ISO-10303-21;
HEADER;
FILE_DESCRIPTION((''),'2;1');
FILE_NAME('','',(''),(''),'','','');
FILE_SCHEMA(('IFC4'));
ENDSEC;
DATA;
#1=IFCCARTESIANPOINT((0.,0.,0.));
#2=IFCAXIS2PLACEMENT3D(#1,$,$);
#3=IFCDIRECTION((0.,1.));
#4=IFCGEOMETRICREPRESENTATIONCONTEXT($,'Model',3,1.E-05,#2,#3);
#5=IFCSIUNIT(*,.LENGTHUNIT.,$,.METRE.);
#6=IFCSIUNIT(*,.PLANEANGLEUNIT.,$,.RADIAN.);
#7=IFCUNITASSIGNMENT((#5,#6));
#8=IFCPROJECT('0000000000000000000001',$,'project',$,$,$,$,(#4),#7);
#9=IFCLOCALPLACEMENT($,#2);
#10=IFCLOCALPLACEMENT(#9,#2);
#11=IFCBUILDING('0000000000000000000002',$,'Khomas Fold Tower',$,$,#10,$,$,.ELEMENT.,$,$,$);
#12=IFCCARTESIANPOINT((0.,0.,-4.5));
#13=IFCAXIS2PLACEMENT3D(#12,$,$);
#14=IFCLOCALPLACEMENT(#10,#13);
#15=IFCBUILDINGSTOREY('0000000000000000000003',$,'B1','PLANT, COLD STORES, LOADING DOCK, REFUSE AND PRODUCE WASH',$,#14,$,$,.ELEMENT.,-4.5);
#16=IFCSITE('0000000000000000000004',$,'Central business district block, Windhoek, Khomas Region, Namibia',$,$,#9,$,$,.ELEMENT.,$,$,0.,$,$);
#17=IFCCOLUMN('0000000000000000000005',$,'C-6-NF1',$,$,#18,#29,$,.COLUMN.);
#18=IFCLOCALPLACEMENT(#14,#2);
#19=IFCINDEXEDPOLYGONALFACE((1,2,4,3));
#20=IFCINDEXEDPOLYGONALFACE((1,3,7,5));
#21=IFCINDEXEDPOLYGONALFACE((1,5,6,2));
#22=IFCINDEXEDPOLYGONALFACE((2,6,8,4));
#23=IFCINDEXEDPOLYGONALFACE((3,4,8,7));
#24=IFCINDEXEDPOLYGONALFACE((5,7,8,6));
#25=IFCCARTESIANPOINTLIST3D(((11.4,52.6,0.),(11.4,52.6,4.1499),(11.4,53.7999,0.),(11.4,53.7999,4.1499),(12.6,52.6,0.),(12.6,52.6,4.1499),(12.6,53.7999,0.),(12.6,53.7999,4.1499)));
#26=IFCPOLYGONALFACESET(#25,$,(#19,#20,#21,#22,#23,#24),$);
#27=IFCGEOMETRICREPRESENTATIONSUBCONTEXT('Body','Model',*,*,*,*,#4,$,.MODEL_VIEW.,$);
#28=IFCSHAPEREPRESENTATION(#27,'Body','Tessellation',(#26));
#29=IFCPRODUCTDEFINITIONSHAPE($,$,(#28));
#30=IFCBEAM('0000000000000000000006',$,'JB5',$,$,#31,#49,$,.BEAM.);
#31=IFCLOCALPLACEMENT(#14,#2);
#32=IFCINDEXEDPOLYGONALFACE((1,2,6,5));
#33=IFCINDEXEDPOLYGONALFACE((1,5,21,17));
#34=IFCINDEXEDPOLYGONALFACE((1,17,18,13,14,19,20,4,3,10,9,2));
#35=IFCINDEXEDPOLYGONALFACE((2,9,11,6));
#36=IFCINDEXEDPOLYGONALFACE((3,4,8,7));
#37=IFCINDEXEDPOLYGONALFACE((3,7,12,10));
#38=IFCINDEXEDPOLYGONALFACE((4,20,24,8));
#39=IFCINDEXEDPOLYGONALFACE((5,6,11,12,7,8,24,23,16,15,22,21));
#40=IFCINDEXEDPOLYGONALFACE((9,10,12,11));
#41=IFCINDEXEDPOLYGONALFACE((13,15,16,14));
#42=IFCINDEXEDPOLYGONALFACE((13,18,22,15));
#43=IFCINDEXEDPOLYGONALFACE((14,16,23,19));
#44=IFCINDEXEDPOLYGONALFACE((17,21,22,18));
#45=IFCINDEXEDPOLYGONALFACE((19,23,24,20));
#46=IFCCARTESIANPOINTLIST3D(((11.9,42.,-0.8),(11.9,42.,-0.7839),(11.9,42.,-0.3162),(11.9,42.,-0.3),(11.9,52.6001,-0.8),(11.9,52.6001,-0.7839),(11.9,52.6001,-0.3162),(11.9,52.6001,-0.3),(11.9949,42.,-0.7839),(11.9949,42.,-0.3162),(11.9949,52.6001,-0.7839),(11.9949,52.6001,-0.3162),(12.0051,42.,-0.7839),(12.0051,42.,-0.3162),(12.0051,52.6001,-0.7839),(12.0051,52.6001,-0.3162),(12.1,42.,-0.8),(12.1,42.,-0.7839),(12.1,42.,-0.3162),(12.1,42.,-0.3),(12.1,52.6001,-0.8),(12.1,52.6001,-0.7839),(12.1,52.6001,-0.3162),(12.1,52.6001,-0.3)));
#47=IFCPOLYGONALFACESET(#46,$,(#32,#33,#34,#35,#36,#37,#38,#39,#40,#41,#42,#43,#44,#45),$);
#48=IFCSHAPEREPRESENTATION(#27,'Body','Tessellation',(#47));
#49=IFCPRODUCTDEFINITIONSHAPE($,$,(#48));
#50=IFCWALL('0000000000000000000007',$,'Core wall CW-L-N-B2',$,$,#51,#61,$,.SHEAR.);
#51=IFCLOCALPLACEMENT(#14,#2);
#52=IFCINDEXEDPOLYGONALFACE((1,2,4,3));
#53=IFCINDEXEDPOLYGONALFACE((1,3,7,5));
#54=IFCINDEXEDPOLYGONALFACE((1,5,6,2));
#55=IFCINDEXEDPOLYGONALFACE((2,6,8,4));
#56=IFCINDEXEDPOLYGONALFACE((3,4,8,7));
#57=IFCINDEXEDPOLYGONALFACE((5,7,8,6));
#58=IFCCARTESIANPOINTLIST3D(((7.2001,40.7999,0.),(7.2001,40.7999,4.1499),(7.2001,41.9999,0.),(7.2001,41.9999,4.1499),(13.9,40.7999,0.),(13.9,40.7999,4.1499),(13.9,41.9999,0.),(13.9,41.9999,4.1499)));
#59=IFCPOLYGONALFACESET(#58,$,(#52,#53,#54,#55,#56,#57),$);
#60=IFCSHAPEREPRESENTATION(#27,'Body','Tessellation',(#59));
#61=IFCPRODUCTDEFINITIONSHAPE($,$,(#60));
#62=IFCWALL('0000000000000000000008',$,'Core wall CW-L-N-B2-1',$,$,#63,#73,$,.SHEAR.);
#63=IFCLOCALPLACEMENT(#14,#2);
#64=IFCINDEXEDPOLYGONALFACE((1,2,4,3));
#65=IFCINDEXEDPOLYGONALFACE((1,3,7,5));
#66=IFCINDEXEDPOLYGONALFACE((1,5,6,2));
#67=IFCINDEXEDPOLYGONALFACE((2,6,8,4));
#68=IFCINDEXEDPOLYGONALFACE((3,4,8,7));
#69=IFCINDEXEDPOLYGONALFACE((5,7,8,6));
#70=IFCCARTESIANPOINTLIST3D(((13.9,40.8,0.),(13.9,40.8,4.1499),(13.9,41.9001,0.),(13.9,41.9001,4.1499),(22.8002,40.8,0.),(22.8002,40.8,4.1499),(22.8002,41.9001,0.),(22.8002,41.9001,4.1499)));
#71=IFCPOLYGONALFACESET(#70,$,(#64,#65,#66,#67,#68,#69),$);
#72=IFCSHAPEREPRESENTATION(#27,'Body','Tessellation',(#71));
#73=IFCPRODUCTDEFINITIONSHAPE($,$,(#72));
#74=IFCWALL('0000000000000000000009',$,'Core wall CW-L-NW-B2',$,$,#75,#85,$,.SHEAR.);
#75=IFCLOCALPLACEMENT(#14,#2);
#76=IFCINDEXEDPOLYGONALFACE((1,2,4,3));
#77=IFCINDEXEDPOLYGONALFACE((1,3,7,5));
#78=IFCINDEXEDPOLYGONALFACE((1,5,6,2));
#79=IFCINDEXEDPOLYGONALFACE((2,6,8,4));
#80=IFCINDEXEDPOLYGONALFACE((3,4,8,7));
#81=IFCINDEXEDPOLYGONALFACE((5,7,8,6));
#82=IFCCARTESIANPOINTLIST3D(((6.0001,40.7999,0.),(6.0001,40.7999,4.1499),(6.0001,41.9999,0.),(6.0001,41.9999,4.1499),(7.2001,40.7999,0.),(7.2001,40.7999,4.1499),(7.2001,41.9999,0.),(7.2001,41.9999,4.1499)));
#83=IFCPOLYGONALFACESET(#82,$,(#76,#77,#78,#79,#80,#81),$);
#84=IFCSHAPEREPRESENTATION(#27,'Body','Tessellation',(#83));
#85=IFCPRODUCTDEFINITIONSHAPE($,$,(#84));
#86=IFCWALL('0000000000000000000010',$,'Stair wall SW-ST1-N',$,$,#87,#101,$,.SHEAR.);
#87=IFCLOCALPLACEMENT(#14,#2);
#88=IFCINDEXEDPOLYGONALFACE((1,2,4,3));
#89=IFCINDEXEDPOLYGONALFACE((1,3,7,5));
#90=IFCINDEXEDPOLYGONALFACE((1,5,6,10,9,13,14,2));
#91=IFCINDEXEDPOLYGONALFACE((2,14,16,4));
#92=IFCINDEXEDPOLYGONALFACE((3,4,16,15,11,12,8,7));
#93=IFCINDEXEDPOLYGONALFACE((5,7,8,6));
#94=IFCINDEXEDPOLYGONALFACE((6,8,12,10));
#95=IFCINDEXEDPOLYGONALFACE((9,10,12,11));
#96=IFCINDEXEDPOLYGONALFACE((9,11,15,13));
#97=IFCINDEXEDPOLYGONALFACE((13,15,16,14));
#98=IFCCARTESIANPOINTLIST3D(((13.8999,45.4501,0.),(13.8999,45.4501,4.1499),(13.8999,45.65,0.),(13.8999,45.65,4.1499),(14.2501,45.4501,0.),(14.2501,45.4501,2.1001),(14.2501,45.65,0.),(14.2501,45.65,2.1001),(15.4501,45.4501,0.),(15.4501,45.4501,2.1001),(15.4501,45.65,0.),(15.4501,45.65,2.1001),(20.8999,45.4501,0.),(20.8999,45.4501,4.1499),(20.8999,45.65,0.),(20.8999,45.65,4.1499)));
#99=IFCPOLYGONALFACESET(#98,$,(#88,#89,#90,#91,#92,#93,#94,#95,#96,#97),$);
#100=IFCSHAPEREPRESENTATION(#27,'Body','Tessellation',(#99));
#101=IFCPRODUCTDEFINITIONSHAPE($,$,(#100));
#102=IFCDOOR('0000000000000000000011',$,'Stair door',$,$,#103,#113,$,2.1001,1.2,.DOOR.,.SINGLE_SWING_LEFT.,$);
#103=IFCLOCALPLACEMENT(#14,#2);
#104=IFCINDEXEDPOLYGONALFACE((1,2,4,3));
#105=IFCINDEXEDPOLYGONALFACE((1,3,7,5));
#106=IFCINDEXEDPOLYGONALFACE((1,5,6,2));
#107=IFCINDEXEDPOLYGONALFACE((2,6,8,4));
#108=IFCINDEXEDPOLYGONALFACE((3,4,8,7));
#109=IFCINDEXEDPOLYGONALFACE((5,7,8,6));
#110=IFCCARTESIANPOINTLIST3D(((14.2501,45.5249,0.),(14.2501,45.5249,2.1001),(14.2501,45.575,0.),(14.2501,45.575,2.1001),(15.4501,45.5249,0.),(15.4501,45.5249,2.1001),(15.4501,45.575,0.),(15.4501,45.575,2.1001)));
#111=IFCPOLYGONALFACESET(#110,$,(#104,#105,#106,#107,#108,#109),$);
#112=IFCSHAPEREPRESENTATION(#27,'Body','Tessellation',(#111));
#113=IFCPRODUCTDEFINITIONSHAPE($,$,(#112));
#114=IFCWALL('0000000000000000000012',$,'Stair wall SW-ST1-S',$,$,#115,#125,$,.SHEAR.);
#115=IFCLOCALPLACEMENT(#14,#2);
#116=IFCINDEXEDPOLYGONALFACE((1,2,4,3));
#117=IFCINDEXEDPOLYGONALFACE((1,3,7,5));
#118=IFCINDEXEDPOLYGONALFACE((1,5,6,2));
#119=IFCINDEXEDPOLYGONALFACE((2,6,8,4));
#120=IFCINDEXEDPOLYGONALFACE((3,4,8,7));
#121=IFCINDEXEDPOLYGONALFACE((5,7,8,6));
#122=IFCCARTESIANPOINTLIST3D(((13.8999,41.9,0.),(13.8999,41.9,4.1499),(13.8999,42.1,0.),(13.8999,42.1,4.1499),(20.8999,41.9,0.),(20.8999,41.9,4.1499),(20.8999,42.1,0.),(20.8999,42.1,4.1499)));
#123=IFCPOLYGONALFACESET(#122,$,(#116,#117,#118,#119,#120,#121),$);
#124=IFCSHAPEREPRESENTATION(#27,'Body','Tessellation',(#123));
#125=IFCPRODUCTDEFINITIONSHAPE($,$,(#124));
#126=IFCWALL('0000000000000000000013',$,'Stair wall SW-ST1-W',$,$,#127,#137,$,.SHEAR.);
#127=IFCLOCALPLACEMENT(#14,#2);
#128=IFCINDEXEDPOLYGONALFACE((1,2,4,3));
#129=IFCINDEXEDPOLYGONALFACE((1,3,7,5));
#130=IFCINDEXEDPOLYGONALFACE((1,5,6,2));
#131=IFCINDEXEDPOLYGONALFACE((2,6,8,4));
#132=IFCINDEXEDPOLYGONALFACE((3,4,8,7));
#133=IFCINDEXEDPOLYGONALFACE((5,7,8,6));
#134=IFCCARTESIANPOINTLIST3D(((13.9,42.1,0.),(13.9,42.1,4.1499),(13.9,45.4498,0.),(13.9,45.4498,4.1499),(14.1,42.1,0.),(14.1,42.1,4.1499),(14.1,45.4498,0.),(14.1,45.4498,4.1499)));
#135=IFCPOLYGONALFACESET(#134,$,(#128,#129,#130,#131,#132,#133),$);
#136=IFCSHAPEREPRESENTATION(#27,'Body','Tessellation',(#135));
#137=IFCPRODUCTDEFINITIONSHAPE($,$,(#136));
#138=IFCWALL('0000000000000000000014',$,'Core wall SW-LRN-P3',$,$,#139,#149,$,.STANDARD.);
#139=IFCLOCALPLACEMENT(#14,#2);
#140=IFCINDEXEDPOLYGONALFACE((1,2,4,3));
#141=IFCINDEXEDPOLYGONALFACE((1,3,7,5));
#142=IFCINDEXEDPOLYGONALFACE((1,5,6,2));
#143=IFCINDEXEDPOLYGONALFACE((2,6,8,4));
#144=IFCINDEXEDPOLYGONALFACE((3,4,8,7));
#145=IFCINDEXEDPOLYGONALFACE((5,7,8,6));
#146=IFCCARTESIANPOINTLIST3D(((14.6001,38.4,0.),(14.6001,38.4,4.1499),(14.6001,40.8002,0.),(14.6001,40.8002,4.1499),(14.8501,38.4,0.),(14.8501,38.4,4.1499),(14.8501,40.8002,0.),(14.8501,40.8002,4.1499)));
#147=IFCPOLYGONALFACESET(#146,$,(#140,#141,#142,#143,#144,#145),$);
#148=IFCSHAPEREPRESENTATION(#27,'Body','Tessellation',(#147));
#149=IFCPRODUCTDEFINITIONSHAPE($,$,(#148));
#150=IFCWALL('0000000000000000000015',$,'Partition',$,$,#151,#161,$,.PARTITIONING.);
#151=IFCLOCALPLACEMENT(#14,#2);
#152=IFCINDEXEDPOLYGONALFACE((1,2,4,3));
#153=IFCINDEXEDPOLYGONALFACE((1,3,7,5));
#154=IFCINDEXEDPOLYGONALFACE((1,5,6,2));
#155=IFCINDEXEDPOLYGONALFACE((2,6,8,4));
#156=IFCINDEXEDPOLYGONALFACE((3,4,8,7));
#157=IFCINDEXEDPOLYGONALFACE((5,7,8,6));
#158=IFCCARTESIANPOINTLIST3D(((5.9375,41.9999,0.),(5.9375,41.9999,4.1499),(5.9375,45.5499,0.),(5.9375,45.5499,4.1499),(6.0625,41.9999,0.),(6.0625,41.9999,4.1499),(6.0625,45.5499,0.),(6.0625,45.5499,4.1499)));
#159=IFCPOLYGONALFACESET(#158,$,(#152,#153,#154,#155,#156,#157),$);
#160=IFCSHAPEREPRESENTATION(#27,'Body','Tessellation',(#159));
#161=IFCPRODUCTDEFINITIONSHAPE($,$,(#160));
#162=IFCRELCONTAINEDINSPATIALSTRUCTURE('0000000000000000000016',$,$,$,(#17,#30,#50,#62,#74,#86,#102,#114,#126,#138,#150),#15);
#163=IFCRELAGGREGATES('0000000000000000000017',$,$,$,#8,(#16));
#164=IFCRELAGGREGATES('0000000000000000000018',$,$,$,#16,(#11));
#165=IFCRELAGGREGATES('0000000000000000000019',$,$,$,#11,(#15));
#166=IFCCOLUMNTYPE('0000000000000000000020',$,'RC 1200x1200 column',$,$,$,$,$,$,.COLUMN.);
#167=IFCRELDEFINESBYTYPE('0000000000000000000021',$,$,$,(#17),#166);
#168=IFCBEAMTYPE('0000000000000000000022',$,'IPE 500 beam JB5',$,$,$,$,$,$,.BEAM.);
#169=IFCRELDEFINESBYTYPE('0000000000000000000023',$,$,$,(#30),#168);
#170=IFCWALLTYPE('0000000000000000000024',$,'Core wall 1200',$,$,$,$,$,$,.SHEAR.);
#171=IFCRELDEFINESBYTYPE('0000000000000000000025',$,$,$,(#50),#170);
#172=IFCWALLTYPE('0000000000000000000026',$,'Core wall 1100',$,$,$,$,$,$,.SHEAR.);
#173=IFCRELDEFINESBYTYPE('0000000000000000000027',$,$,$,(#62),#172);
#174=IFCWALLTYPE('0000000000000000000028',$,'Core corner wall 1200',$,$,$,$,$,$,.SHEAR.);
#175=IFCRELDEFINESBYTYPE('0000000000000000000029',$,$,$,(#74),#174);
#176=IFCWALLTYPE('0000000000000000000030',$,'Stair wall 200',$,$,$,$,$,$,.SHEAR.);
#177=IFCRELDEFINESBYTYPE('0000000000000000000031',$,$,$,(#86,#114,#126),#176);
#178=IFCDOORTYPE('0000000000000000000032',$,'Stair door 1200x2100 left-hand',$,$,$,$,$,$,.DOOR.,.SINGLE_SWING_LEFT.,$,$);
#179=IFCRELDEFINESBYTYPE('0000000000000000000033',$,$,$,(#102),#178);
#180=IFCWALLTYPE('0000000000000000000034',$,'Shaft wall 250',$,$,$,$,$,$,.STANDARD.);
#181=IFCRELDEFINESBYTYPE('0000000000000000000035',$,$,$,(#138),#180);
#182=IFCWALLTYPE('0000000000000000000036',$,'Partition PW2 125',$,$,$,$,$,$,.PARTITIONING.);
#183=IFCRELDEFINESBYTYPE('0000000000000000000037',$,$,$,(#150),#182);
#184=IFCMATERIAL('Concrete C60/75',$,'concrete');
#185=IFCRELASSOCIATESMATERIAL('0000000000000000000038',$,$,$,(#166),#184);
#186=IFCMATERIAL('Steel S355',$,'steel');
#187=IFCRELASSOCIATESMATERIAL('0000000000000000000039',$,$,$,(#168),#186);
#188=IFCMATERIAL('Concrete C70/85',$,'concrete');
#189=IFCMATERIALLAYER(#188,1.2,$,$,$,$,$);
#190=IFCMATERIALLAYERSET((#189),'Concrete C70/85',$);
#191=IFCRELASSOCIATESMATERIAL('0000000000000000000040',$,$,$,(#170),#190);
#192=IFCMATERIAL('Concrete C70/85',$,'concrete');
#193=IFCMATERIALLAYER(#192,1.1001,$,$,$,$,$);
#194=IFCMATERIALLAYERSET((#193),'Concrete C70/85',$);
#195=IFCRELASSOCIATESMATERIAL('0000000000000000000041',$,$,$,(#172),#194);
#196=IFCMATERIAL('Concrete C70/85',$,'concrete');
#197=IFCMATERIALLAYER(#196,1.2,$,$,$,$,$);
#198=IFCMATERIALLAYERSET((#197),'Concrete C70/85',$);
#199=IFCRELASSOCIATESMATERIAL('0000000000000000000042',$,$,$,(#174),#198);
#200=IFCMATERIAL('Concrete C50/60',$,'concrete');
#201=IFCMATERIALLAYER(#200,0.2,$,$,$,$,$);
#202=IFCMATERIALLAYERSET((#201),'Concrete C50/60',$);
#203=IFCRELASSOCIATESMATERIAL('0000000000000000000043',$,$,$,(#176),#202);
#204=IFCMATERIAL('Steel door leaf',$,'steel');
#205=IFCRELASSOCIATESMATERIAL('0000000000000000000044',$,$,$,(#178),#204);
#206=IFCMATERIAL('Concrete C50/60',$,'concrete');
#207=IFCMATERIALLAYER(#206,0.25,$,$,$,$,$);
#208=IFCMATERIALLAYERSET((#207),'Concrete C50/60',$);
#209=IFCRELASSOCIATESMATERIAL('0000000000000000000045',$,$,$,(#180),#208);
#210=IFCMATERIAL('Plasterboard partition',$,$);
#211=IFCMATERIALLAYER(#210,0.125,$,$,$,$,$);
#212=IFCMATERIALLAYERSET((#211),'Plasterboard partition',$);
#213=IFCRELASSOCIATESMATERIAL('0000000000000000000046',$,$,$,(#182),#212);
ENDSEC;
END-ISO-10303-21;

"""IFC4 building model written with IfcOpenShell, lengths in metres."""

from ifc_helpers import new_model, si_unit, direction, frame, frame_2d, origin, origin_2d, place, context, subcontext, project, spatial, rectangle, i_section, extrude, source, transform, mapped, material, layer, layer_set, material_profile, profile_set, type_object, element, fill, save


model = new_model("IFC4")

# Units and contexts
model_context = context("Model", 3, precision=1e-05, world=origin(), true_north=direction((0.0, 1.0)))
body_context = subcontext(model_context, "Body", "Model", "MODEL_VIEW")
ifc_project = project(units=[si_unit("LENGTHUNIT", "METRE"), si_unit("PLANEANGLEUNIT", "RADIAN")], contexts=[model_context])

# Site, building, storey
site_placement = place(None, origin())
site = spatial("IfcSite", under=ifc_project, at=site_placement, Name="Central business district block, Windhoek, Khomas Region, Namibia", CompositionType="ELEMENT", RefElevation=0.0)
building_placement = place(site_placement, origin())
building = spatial("IfcBuilding", under=site, at=building_placement, Name="Khomas Fold Tower", CompositionType="ELEMENT")
storey_placement = place(building_placement, frame((0.0, 0.0, -4.5)))
storey = spatial("IfcBuildingStorey", under=building, at=storey_placement, Name="B1", Description="PLANT, COLD STORES, LOADING DOCK, REFUSE AND PRODUCE WASH", CompositionType="ELEMENT", Elevation=-4.5)

# Column
ifc_material_1 = material(Name="Concrete C60/75", Category="concrete")
ifc_material_profile_1 = material_profile(ifc_material_1, rectangle(XDim=1.2, YDim=1.2, at=origin_2d()), Name="RC 1200x1200")
ifc_profile_set_1 = profile_set([ifc_material_profile_1], Name="Concrete C60/75")
column_type = type_object("IfcColumnType", Name="RC 1200x1200 column", PredefinedType="COLUMN", material=ifc_profile_set_1)
shared_shape_1 = source(origin(), body_context, "Body", "SweptSolid", [
    extrude(rectangle(XDim=1.2, YDim=1.2, at=origin_2d()), origin(), (0.0, 0.0, 1.0), 4.1499),
])
column_placement = place(storey_placement, frame((12.0, 53.2, 0.0), z_axis=(0.0, 0.0, 1.0), x_axis=(1.0, 0.0, 0.0)))
element("IfcColumn", 1, at=column_placement, inside=storey, type_object=column_type, Name="C-6-NF1", PredefinedType="COLUMN", context=body_context, shape_type="MappedRepresentation", body=[
    mapped(shared_shape_1, transform((0.0, 0.0, 0.0))),
])

# Beam
ifc_material_2 = material(Name="Steel S355", Category="steel")
ifc_material_profile_2 = material_profile(ifc_material_2, i_section(OverallWidth=0.2, OverallDepth=0.5, WebThickness=0.0103, FlangeThickness=0.0161, at=origin_2d()), Name="IPE 500")
ifc_profile_set_2 = profile_set([ifc_material_profile_2], Name="Steel S355")
beam_type = type_object("IfcBeamType", Name="IPE 500 beam JB5", PredefinedType="BEAM", material=ifc_profile_set_2)
shared_shape_2 = source(origin(), body_context, "Body", "SweptSolid", [
    extrude(i_section(OverallWidth=0.2, OverallDepth=0.5, WebThickness=0.0103, FlangeThickness=0.0161, at=origin_2d()), origin(), (0.0, 0.0, 1.0), 10.6001),
])
beam_placement = place(storey_placement, frame((12.0, 42.0, -0.55), z_axis=(0.0, 1.0, 0.0), x_axis=(-1.0, 0.0, 0.0)))
element("IfcBeam", 2, at=beam_placement, inside=storey, type_object=beam_type, Name="JB5", PredefinedType="BEAM", context=body_context, shape_type="MappedRepresentation", body=[
    mapped(shared_shape_2, transform((0.0, 0.0, 0.0))),
])

# Walls
ifc_material_3 = material(Name="Concrete C70/85", Category="concrete")
ifc_layer_1 = layer(ifc_material_3, 1.2)
ifc_layer_set_1 = layer_set([ifc_layer_1], Name="Concrete C70/85")
wall_type_1 = type_object("IfcWallType", Name="Core wall 1200", PredefinedType="SHEAR", material=ifc_layer_set_1)
shared_shape_3 = source(origin(), body_context, "Body", "SweptSolid", [
    extrude(rectangle(XDim=6.7, YDim=1.2, at=frame_2d((3.3501, 0.0))), origin(), (0.0, 0.0, 1.0), 4.1499),
])
wall_1_placement = place(storey_placement, frame((7.2, 41.3999, 0.0), z_axis=(0.0, 0.0, 1.0), x_axis=(1.0, 0.0, 0.0)))
element("IfcWall", 3, at=wall_1_placement, inside=storey, type_object=wall_type_1, Name="Core wall CW-L-N-B2", PredefinedType="SHEAR", context=body_context, shape_type="MappedRepresentation", body=[
    mapped(shared_shape_3, transform((0.0, 0.0, 0.0))),
])
ifc_material_4 = material(Name="Concrete C70/85", Category="concrete")
ifc_layer_2 = layer(ifc_material_4, 1.1001)
ifc_layer_set_2 = layer_set([ifc_layer_2], Name="Concrete C70/85")
wall_type_2 = type_object("IfcWallType", Name="Core wall 1100", PredefinedType="SHEAR", material=ifc_layer_set_2)
shared_shape_4 = source(origin(), body_context, "Body", "SweptSolid", [
    extrude(rectangle(XDim=8.9001, YDim=1.1001, at=frame_2d((4.4502, 0.0))), origin(), (0.0, 0.0, 1.0), 4.1499),
])
wall_2_placement = place(storey_placement, frame((13.8999, 41.3501, 0.0), z_axis=(0.0, 0.0, 1.0), x_axis=(1.0, 0.0, 0.0)))
element("IfcWall", 4, at=wall_2_placement, inside=storey, type_object=wall_type_2, Name="Core wall CW-L-N-B2-1", PredefinedType="SHEAR", context=body_context, shape_type="MappedRepresentation", body=[
    mapped(shared_shape_4, transform((0.0, 0.0, 0.0))),
])
ifc_material_5 = material(Name="Concrete C70/85", Category="concrete")
ifc_layer_3 = layer(ifc_material_5, 1.2)
ifc_layer_set_3 = layer_set([ifc_layer_3], Name="Concrete C70/85")
wall_type_3 = type_object("IfcWallType", Name="Core corner wall 1200", PredefinedType="SHEAR", material=ifc_layer_set_3)
shared_shape_5 = source(origin(), body_context, "Body", "SweptSolid", [
    extrude(rectangle(XDim=1.2, YDim=1.2, at=frame_2d((0.6001, 0.0))), origin(), (0.0, 0.0, 1.0), 4.1499),
])
wall_3_placement = place(storey_placement, frame((6.0, 41.3999, 0.0), z_axis=(0.0, 0.0, 1.0), x_axis=(1.0, 0.0, 0.0)))
element("IfcWall", 5, at=wall_3_placement, inside=storey, type_object=wall_type_3, Name="Core wall CW-L-NW-B2", PredefinedType="SHEAR", context=body_context, shape_type="MappedRepresentation", body=[
    mapped(shared_shape_5, transform((0.0, 0.0, 0.0))),
])

# Wall, opening, door
ifc_material_6 = material(Name="Concrete C50/60", Category="concrete")
ifc_layer_4 = layer(ifc_material_6, 0.2)
ifc_layer_set_4 = layer_set([ifc_layer_4], Name="Concrete C50/60")
wall_type_4 = type_object("IfcWallType", Name="Stair wall 200", PredefinedType="SHEAR", material=ifc_layer_set_4)
shared_shape_6 = source(origin(), body_context, "Body", "SweptSolid", [
    extrude(rectangle(XDim=7.0, YDim=0.2, at=frame_2d((3.5, 0.0))), origin(), (0.0, 0.0, 1.0), 4.1499),
])
wall_4_placement = place(storey_placement, frame((13.8999, 45.55, 0.0), z_axis=(0.0, 0.0, 1.0), x_axis=(1.0, 0.0, 0.0)))
wall_4 = element("IfcWall", 6, at=wall_4_placement, inside=storey, type_object=wall_type_4, Name="Stair wall SW-ST1-N", PredefinedType="SHEAR", context=body_context, shape_type="MappedRepresentation", body=[
    mapped(shared_shape_6, transform((0.0, 0.0, 0.0))),
])
shared_shape_7 = source(origin(), body_context, "Body", "SweptSolid", [
    extrude(rectangle(XDim=1.2, YDim=2.1001, at=frame_2d((0.6001, 1.05))), frame((0.0, 0.1099, 0.0), z_axis=(0.0, -1.0, 0.0), x_axis=(1.0, 0.0, 0.0)), (0.0, 0.0, 1.0), 0.22),
])
opening_1_placement = place(wall_4_placement, frame((0.3501, 0.0, 0.0)))
opening_1 = element("IfcOpeningElement", 7, at=opening_1_placement, cuts=wall_4, PredefinedType="OPENING", context=body_context, shape_type="MappedRepresentation", body=[
    mapped(shared_shape_7, transform((0.0, 0.0, 0.0))),
])
ifc_material_7 = material(Name="Steel door leaf", Category="steel")
door_type_1 = type_object("IfcDoorType", Name="Stair door 1200x2100 left-hand", OperationType="SINGLE_SWING_LEFT", PredefinedType="DOOR", material=ifc_material_7)
shared_shape_8 = source(origin(), body_context, "Body", "SweptSolid", [
    extrude(rectangle(XDim=1.2, YDim=2.1001, at=frame_2d((0.6001, 1.05))), frame((0.0, 0.0249, 0.0), z_axis=(0.0, -1.0, 0.0), x_axis=(1.0, 0.0, 0.0)), (0.0, 0.0, 1.0), 0.05),
])
door_1_placement = place(opening_1_placement, origin())
door_1 = element("IfcDoor", 8, at=door_1_placement, inside=storey, type_object=door_type_1, Name="Stair door", OperationType="SINGLE_SWING_LEFT", OverallHeight=2.1001, OverallWidth=1.2, PredefinedType="DOOR", context=body_context, shape_type="MappedRepresentation", body=[
    mapped(shared_shape_8, transform((0.0, 0.0, 0.0))),
])
fill(opening_1, door_1)

# Walls
wall_5_placement = place(storey_placement, frame((13.8999, 42.0, 0.0), z_axis=(0.0, 0.0, 1.0), x_axis=(1.0, 0.0, 0.0)))
element("IfcWall", 9, at=wall_5_placement, inside=storey, type_object=wall_type_4, Name="Stair wall SW-ST1-S", PredefinedType="SHEAR", context=body_context, shape_type="MappedRepresentation", body=[
    mapped(shared_shape_6, transform((0.0, 0.0, 0.0))),
])
shared_shape_9 = source(origin(), body_context, "Body", "SweptSolid", [
    extrude(rectangle(XDim=3.3499, YDim=0.2, at=frame_2d((1.6748, 0.0))), origin(), (0.0, 0.0, 1.0), 4.1499),
])
wall_6_placement = place(storey_placement, frame((14.0, 42.1001, 0.0), z_axis=(0.0, 0.0, 1.0), x_axis=(0.0, 1.0, 0.0)))
element("IfcWall", 10, at=wall_6_placement, inside=storey, type_object=wall_type_4, Name="Stair wall SW-ST1-W", PredefinedType="SHEAR", context=body_context, shape_type="MappedRepresentation", body=[
    mapped(shared_shape_9, transform((0.0, 0.0, 0.0))),
])
ifc_material_8 = material(Name="Concrete C50/60", Category="concrete")
ifc_layer_5 = layer(ifc_material_8, 0.25)
ifc_layer_set_5 = layer_set([ifc_layer_5], Name="Concrete C50/60")
wall_type_5 = type_object("IfcWallType", Name="Shaft wall 250", PredefinedType="STANDARD", material=ifc_layer_set_5)
shared_shape_10 = source(origin(), body_context, "Body", "SweptSolid", [
    extrude(rectangle(XDim=2.4001, YDim=0.25, at=frame_2d((1.2002, 0.0))), origin(), (0.0, 0.0, 1.0), 4.1499),
])
wall_7_placement = place(storey_placement, frame((14.7251, 38.3999, 0.0), z_axis=(0.0, 0.0, 1.0), x_axis=(0.0, 1.0, 0.0)))
element("IfcWall", 11, at=wall_7_placement, inside=storey, type_object=wall_type_5, Name="Core wall SW-LRN-P3", PredefinedType="STANDARD", context=body_context, shape_type="MappedRepresentation", body=[
    mapped(shared_shape_10, transform((0.0, 0.0, 0.0))),
])
ifc_material_9 = material(Name="Plasterboard partition")
ifc_layer_6 = layer(ifc_material_9, 0.125)
ifc_layer_set_6 = layer_set([ifc_layer_6], Name="Plasterboard partition")
wall_type_6 = type_object("IfcWallType", Name="Partition PW2 125", PredefinedType="PARTITIONING", material=ifc_layer_set_6)
shared_shape_11 = source(origin(), body_context, "Body", "SweptSolid", [
    extrude(rectangle(XDim=3.55, YDim=0.125, at=frame_2d((1.7749, 0.0))), origin(), (0.0, 0.0, 1.0), 4.1499),
])
wall_8_placement = place(storey_placement, frame((6.0, 42.0, 0.0), z_axis=(0.0, 0.0, 1.0), x_axis=(0.0, 1.0, 0.0)))
element("IfcWall", 12, at=wall_8_placement, inside=storey, type_object=wall_type_6, Name="Partition", PredefinedType="PARTITIONING", context=body_context, shape_type="MappedRepresentation", body=[
    mapped(shared_shape_11, transform((0.0, 0.0, 0.0))),
])

save(model, "model.ifc")
